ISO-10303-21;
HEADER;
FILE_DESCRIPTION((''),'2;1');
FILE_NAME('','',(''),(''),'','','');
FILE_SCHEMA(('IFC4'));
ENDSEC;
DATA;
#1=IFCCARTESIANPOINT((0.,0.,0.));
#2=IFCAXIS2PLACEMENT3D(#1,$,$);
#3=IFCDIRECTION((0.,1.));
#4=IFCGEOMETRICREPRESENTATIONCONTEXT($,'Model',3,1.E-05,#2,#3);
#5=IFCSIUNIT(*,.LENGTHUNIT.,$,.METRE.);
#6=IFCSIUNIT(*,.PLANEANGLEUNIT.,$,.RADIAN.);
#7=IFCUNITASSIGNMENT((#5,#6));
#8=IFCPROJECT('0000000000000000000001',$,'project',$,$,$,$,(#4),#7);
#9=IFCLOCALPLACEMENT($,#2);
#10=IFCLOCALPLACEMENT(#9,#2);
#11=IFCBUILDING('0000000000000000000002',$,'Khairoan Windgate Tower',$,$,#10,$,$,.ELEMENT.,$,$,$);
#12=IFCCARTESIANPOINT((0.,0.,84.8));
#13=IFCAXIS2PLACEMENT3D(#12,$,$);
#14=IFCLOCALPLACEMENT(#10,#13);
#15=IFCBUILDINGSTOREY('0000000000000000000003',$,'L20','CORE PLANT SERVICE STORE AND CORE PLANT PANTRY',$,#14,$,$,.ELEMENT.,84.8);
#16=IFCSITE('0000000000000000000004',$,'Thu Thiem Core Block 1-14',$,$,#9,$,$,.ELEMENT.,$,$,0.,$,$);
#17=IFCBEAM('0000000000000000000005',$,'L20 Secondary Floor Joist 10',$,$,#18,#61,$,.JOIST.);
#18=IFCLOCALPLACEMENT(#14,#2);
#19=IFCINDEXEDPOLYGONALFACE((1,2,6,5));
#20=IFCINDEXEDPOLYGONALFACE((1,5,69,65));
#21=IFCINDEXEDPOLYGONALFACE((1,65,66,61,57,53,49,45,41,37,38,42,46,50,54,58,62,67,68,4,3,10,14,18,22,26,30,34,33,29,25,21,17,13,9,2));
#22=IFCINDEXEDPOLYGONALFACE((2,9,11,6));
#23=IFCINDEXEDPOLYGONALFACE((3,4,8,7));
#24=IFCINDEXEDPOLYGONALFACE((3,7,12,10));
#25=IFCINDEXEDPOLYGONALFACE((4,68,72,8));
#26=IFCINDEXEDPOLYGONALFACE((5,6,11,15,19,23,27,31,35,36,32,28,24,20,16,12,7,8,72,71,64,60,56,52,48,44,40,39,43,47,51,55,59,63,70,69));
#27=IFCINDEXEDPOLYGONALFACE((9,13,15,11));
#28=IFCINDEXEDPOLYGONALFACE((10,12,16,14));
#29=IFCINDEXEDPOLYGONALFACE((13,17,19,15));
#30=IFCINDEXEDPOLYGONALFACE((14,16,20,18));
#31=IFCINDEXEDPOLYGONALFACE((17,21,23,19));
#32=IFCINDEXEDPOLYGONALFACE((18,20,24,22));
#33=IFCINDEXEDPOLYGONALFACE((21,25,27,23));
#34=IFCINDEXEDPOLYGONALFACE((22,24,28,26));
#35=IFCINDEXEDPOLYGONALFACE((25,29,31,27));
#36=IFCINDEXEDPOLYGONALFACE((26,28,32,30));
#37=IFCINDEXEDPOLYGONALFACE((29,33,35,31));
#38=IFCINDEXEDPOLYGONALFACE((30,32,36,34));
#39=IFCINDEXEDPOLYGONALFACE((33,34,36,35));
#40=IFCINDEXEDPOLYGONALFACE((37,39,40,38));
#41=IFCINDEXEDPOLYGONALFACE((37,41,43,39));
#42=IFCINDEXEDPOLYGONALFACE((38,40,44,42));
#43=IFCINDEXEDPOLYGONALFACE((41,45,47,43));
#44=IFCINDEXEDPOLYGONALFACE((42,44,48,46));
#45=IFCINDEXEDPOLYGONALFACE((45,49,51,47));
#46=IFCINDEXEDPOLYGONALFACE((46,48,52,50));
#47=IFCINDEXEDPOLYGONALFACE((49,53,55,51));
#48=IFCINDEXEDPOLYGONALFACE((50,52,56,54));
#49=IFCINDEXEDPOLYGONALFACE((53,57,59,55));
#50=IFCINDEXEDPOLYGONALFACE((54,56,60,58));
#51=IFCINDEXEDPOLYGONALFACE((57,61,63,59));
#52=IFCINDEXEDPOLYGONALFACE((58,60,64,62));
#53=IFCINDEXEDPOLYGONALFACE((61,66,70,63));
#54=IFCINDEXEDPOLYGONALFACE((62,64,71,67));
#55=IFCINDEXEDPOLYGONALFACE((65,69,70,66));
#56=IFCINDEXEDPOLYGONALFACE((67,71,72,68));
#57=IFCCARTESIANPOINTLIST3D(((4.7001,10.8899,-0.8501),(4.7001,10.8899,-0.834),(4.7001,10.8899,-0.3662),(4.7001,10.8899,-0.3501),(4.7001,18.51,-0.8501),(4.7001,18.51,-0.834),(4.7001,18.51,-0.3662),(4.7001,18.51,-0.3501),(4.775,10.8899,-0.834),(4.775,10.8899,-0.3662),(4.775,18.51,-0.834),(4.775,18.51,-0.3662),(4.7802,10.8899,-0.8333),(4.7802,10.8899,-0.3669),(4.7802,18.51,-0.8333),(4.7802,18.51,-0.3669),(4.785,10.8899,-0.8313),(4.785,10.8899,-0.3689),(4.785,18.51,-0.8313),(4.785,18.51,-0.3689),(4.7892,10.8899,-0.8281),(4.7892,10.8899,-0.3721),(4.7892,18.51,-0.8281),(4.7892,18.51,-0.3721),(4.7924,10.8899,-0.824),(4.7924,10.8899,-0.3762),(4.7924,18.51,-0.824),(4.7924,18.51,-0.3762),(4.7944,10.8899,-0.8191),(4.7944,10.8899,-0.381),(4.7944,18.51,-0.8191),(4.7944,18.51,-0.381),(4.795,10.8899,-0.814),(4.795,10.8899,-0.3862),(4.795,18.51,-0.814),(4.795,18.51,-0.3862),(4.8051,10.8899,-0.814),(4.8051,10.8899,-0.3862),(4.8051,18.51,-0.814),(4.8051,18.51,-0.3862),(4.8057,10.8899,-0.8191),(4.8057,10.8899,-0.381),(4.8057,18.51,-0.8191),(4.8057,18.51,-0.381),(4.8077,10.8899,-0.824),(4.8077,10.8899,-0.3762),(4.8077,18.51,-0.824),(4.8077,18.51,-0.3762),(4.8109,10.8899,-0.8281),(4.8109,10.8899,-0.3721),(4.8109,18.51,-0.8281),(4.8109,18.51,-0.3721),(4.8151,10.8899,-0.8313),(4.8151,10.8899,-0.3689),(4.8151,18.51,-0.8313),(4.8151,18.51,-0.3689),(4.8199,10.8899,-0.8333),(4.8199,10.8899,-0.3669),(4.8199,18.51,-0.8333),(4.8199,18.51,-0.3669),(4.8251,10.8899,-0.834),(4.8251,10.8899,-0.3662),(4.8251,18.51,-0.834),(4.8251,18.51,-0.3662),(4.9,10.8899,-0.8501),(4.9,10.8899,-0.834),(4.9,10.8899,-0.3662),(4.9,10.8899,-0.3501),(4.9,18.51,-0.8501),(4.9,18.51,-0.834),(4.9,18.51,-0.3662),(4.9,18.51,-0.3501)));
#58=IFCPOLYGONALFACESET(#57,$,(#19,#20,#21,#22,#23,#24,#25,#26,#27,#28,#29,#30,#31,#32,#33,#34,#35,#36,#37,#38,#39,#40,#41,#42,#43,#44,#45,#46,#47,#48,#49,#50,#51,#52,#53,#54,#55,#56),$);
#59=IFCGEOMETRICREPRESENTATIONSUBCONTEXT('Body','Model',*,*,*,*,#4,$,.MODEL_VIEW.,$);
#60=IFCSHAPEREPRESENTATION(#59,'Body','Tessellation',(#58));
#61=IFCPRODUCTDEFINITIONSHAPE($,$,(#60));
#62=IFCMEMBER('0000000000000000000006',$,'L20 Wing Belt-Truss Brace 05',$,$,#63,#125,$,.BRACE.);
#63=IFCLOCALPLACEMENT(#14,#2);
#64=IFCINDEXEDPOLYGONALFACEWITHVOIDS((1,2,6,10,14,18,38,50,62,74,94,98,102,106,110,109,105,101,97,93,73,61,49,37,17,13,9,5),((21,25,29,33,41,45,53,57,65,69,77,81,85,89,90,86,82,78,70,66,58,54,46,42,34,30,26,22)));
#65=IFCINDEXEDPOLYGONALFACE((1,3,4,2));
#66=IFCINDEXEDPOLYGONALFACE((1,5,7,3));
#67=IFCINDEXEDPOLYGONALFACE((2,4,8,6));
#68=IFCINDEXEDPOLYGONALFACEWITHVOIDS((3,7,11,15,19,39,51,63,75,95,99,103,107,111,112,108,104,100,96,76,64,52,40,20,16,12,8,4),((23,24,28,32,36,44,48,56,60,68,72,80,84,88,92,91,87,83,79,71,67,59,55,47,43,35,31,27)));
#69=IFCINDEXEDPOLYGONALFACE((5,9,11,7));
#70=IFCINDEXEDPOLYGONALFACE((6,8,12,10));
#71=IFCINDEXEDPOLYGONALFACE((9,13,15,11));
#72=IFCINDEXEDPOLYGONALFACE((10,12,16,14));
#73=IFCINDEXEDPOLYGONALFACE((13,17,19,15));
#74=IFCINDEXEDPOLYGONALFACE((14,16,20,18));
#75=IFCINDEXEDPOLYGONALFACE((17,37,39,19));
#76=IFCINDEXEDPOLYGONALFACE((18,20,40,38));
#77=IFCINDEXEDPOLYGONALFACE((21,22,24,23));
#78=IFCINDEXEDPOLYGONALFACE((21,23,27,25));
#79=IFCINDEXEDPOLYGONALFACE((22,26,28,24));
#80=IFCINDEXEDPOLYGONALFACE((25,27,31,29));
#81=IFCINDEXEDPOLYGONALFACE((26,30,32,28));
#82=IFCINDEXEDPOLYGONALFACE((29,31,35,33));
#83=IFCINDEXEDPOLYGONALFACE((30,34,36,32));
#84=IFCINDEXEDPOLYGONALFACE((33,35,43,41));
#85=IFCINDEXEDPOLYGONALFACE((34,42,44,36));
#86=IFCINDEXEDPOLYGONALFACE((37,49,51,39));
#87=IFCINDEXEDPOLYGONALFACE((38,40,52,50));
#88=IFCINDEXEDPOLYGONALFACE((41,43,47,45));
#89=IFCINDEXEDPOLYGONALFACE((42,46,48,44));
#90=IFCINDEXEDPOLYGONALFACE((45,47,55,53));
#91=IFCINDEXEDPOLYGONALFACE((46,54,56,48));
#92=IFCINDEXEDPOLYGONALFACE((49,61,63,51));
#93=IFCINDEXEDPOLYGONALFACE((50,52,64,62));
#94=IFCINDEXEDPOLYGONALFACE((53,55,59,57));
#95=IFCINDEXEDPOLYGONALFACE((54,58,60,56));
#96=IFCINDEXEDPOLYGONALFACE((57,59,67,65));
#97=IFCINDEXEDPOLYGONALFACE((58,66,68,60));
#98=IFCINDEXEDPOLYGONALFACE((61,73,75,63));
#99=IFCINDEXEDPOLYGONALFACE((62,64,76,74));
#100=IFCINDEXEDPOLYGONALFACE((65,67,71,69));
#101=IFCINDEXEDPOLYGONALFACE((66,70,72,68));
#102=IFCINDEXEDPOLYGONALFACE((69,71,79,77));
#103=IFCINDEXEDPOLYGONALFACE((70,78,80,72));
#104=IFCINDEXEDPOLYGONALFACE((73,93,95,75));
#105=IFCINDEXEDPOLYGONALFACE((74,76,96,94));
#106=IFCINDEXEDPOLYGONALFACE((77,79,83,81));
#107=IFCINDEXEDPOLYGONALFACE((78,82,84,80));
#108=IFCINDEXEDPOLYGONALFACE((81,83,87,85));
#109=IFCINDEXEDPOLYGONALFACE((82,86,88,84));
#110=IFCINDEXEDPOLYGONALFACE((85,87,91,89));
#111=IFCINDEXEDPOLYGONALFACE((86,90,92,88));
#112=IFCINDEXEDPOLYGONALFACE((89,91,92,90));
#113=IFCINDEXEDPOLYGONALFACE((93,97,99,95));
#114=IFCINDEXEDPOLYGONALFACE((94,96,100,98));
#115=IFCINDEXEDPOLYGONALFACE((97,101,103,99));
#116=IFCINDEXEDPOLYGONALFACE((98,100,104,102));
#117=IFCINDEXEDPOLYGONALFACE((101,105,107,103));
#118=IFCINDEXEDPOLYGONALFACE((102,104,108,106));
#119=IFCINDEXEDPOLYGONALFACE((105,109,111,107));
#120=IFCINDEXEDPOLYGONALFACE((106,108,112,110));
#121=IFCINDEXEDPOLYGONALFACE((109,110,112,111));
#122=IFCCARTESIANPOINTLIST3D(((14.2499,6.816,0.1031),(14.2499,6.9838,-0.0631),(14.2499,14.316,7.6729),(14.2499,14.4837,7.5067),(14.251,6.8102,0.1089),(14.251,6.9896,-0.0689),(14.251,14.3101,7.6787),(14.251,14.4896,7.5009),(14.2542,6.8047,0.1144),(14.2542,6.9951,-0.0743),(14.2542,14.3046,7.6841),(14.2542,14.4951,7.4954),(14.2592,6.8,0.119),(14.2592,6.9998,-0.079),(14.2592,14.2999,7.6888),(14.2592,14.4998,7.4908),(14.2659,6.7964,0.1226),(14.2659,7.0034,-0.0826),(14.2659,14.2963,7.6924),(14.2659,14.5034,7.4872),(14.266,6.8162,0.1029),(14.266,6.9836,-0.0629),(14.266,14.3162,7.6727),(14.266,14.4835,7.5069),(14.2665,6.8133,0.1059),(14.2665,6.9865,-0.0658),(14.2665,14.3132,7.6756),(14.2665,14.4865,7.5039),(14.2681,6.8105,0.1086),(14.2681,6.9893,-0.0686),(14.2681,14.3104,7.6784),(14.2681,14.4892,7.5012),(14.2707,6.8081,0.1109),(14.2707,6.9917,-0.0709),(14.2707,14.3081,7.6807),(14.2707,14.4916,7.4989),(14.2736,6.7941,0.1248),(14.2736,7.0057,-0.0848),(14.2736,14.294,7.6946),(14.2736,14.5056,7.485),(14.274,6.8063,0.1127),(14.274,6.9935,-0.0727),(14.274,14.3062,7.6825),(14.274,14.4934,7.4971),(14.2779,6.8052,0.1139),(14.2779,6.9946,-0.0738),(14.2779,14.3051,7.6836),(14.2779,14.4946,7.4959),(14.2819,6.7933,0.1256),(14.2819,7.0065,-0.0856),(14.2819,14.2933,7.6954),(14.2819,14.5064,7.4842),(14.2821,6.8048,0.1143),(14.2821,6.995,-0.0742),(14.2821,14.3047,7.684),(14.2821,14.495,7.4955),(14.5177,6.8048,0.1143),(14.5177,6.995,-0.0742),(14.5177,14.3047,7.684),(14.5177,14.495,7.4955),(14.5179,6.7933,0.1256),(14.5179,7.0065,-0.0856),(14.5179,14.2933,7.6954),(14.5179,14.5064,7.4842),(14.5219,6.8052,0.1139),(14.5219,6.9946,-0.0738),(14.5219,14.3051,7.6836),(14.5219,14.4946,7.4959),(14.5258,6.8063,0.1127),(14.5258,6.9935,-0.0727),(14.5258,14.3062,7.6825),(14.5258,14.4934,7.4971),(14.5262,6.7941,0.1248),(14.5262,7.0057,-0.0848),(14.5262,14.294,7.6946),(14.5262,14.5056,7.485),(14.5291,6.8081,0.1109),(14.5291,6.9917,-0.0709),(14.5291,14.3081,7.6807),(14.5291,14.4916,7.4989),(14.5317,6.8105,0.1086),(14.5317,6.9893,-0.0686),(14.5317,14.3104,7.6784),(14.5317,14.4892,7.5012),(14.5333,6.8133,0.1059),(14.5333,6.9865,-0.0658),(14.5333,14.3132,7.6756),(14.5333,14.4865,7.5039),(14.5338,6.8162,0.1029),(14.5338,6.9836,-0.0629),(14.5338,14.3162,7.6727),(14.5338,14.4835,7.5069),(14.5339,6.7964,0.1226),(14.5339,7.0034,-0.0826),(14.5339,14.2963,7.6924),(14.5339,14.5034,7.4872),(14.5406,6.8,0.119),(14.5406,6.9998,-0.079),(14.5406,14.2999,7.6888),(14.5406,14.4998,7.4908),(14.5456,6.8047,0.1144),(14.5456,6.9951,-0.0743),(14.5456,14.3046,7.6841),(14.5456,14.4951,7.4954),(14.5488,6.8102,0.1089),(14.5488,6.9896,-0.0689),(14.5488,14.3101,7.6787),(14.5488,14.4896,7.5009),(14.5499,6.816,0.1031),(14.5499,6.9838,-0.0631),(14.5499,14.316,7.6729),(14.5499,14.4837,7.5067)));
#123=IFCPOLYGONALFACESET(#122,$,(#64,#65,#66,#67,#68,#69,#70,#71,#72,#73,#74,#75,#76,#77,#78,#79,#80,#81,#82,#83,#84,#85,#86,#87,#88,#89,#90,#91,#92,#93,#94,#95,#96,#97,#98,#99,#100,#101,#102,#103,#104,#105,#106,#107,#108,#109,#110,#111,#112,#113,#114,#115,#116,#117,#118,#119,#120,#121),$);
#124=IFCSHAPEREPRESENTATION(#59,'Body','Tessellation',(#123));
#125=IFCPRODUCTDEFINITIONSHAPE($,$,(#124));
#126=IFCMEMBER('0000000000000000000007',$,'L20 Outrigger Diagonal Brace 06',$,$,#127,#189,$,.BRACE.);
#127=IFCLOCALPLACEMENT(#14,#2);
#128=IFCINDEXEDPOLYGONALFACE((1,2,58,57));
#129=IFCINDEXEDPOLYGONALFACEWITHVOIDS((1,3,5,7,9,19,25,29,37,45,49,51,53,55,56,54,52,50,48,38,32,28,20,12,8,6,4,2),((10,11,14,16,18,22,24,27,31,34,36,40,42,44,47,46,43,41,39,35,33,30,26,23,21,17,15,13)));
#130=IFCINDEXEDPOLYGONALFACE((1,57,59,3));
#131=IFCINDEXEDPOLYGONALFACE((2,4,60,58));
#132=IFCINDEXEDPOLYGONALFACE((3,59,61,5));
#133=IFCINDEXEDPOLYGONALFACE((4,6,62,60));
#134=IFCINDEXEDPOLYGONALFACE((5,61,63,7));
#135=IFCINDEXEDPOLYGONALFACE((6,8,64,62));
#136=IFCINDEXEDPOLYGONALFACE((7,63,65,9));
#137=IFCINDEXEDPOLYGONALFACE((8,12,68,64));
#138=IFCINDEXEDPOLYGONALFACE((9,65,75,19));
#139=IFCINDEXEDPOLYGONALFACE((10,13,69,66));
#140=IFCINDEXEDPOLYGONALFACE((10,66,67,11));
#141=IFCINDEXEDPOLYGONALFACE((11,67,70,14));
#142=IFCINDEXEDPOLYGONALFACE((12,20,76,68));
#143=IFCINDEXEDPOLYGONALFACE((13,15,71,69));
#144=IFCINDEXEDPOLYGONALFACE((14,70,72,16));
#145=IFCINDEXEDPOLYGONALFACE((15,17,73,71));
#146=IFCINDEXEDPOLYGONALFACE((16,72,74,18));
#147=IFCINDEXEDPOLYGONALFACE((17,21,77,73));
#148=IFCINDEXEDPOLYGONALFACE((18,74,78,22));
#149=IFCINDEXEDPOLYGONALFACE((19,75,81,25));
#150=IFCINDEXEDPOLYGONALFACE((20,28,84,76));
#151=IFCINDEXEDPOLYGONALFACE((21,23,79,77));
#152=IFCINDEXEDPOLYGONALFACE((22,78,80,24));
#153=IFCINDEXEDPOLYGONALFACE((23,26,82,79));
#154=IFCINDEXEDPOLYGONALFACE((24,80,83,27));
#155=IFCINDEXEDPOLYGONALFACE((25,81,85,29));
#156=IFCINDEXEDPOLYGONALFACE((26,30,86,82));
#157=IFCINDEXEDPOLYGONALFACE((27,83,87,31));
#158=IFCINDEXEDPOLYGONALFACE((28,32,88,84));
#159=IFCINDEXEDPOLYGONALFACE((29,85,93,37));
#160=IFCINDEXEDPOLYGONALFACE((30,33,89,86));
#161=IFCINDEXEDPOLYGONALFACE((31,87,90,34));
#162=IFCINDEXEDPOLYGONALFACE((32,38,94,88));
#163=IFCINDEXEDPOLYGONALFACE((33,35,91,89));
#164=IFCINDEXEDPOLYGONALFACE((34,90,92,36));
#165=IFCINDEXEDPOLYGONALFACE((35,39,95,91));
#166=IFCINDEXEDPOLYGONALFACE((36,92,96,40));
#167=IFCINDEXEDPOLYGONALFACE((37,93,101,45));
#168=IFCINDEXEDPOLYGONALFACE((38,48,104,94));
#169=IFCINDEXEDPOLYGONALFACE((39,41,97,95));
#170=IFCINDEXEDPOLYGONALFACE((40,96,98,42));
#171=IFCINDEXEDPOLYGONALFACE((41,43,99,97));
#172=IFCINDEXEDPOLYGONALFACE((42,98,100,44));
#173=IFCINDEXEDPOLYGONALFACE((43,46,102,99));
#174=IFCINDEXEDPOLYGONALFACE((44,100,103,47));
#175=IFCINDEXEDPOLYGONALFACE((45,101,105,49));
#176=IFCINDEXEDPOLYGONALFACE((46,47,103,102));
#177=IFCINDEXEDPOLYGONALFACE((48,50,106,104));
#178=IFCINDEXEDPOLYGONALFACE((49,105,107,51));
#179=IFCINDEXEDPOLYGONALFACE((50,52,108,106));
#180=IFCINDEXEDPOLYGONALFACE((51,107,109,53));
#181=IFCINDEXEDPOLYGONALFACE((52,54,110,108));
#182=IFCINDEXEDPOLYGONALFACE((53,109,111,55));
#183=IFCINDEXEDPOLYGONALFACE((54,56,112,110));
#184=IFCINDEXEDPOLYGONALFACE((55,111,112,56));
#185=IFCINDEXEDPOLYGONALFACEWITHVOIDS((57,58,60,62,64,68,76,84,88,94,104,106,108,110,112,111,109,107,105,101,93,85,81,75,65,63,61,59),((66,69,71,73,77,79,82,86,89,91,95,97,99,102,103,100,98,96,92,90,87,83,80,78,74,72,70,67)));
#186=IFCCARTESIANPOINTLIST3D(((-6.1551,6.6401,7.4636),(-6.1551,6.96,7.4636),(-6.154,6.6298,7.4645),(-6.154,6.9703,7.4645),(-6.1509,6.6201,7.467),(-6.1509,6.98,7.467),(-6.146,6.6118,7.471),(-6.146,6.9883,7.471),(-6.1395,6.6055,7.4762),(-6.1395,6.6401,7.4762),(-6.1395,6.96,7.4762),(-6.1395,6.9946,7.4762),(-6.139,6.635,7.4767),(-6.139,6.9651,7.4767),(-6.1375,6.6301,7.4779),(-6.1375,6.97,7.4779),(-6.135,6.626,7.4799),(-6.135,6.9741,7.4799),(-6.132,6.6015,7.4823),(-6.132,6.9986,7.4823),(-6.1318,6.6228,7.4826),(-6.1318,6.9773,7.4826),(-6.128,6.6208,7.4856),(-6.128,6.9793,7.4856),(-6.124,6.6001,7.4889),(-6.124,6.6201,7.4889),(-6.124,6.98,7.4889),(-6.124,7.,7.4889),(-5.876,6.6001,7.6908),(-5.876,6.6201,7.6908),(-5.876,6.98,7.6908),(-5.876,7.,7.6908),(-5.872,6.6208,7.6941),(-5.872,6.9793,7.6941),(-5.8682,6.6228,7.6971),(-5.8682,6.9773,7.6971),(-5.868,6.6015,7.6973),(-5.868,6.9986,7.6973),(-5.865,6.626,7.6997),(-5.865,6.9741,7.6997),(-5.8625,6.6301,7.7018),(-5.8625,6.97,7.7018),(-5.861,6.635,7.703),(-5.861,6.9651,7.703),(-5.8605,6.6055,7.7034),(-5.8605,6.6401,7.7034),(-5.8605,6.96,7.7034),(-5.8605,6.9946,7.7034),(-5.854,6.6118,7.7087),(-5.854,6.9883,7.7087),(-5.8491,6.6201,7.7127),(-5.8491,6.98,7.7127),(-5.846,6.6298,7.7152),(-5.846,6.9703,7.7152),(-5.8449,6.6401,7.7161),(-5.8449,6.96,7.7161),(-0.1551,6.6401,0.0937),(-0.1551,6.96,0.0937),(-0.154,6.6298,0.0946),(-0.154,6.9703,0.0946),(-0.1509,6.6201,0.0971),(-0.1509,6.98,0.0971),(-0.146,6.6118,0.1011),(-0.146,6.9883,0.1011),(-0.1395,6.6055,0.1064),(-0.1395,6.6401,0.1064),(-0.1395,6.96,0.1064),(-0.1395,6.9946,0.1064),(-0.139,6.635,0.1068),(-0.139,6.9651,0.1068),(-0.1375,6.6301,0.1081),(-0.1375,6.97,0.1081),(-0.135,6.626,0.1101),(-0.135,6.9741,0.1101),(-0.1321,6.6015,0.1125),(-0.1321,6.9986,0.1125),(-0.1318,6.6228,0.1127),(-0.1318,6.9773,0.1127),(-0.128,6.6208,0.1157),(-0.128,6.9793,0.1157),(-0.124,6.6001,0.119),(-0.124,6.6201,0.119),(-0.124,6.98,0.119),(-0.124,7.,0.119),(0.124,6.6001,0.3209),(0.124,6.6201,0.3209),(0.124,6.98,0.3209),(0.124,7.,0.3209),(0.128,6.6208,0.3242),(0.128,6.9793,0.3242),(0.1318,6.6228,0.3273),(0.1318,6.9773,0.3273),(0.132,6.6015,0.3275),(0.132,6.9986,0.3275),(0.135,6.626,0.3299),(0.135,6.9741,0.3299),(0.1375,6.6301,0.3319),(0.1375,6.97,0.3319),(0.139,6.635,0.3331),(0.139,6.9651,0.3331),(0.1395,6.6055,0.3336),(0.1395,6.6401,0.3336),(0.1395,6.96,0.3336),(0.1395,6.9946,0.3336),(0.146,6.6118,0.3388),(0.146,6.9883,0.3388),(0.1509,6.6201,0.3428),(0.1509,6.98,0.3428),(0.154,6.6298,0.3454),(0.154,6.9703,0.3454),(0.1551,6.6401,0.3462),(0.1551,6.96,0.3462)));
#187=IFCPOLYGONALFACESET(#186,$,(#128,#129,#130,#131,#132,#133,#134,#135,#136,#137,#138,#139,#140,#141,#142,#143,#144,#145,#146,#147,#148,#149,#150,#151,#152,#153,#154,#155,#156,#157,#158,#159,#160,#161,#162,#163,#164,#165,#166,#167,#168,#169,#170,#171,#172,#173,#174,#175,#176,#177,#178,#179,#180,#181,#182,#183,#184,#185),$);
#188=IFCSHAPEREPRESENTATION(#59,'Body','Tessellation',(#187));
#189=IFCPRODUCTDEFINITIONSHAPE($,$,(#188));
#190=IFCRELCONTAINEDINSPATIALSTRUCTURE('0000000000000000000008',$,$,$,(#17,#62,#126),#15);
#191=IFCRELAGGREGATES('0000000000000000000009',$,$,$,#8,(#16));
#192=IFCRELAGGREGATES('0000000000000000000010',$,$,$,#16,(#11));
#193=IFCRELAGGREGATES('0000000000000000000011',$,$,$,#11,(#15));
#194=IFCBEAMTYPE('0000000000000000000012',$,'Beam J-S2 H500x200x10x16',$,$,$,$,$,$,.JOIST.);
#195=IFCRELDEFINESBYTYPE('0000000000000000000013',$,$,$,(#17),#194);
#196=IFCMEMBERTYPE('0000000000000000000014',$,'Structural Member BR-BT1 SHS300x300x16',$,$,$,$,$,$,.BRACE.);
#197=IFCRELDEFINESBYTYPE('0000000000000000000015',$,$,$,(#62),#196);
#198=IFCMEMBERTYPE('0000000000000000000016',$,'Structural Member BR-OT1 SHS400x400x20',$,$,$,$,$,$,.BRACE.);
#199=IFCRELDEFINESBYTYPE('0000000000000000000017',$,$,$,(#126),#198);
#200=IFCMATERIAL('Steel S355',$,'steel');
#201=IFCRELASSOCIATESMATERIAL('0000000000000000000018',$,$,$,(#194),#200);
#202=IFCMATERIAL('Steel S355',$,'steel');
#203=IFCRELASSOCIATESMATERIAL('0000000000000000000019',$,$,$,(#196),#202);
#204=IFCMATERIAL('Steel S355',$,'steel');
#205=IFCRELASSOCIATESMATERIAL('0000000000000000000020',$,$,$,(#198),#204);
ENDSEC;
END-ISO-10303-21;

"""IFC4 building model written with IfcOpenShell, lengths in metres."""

from ifc_helpers import new_model, si_unit, direction, frame, origin, origin_2d, place, context, subcontext, project, spatial, hollow_rectangle, i_section, extrude, material, material_profile, profile_set, type_object, element, save


model = new_model("IFC4")

# Units and contexts
model_context = context("Model", 3, precision=1e-05, world=origin(), true_north=direction((0.0, 1.0)))
body_context = subcontext(model_context, "Body", "Model", "MODEL_VIEW")
ifc_project = project(units=[si_unit("LENGTHUNIT", "METRE"), si_unit("PLANEANGLEUNIT", "RADIAN")], contexts=[model_context])

# Site, building, storey
site_placement = place(None, origin())
site = spatial("IfcSite", under=ifc_project, at=site_placement, Name="Thu Thiem Core Block 1-14", CompositionType="ELEMENT", RefElevation=0.0)
building_placement = place(site_placement, origin())
building = spatial("IfcBuilding", under=site, at=building_placement, Name="Khairoan Windgate Tower", CompositionType="ELEMENT")
storey_placement = place(building_placement, frame((0.0, 0.0, 84.8)))
storey = spatial("IfcBuildingStorey", under=building, at=storey_placement, Name="L20", Description="CORE PLANT SERVICE STORE AND CORE PLANT PANTRY", CompositionType="ELEMENT", Elevation=84.8)

# Beam
ifc_material_1 = material(Name="Steel S355", Category="steel")
ifc_material_profile_1 = material_profile(ifc_material_1, i_section(OverallWidth=0.2, OverallDepth=0.5, WebThickness=0.01, FlangeThickness=0.0161, FilletRadius=0.02, at=origin_2d()))
ifc_profile_set_1 = profile_set([ifc_material_profile_1], Name="Steel S355")
beam_type_1 = type_object("IfcBeamType", Name="Beam J-S2 H500x200x10x16", PredefinedType="JOIST", material=ifc_profile_set_1)
beam_1_placement = place(storey_placement, frame((4.8, 10.8899, -0.6001), z_axis=(0.0, 1.0, 0.0), x_axis=(-1.0, 0.0, 0.0)))
element("IfcBeam", 1, at=beam_1_placement, inside=storey, type_object=beam_type_1, Name="L20 Secondary Floor Joist 10", PredefinedType="JOIST", context=body_context, shape_type="SweptSolid", body=[
    extrude(i_section(OverallWidth=0.2, OverallDepth=0.5, WebThickness=0.01, FlangeThickness=0.0161, FilletRadius=0.02, at=origin_2d()), origin(), (0.0, 0.0, 1.0), 7.6201),
])

# Members
ifc_material_2 = material(Name="Steel S355", Category="steel")
ifc_material_profile_2 = material_profile(ifc_material_2, hollow_rectangle(XDim=0.3, YDim=0.3, WallThickness=0.0161, InnerFilletRadius=0.0161, OuterFilletRadius=0.032, at=origin_2d()))
ifc_profile_set_2 = profile_set([ifc_material_profile_2], Name="Steel S355")
member_type_1 = type_object("IfcMemberType", Name="Structural Member BR-BT1 SHS300x300x16", PredefinedType="BRACE", material=ifc_profile_set_2)
member_placement = place(storey_placement, frame((14.3999, 6.8999, 0.02), z_axis=(0.0, 0.703823, 0.710375), x_axis=(0.0, -0.710375, 0.703823)))
element("IfcMember", 2, at=member_placement, inside=storey, type_object=member_type_1, Name="L20 Wing Belt-Truss Brace 05", PredefinedType="BRACE", context=body_context, shape_type="SweptSolid", body=[
    extrude(hollow_rectangle(XDim=0.3, YDim=0.3, WallThickness=0.0161, InnerFilletRadius=0.0161, OuterFilletRadius=0.032, at=origin_2d()), origin(), (0.0, 0.0, 1.0), 10.656),
])
ifc_material_3 = material(Name="Steel S355", Category="steel")
ifc_material_profile_3 = material_profile(ifc_material_3, hollow_rectangle(XDim=0.3999, YDim=0.3999, WallThickness=0.02, InnerFilletRadius=0.02, OuterFilletRadius=0.04, at=origin_2d()))
ifc_profile_set_3 = profile_set([ifc_material_profile_3], Name="Steel S355")
member_type_2 = type_object("IfcMemberType", Name="Structural Member BR-OT1 SHS400x400x20", PredefinedType="BRACE", material=ifc_profile_set_3)
for number, where, z_axis, x_axis, name in (
    (3, (-6.0, 6.8, 7.5898), (0.631352, 0.0, -0.775497), (0.0, 1.0, 0.0), "L20 Outrigger Diagonal Brace 06"),
):
    element("IfcMember", number, at=place(storey_placement, frame(where, z_axis=z_axis, x_axis=x_axis)), inside=storey, type_object=member_type_2, Name=name, PredefinedType="BRACE", context=body_context, shape_type="SweptSolid", body=[
        extrude(hollow_rectangle(XDim=0.3999, YDim=0.3999, WallThickness=0.02, InnerFilletRadius=0.02, OuterFilletRadius=0.04, at=origin_2d()), origin(), (0.0, 0.0, 1.0), 9.5034),
    ])

save(model, "model.ifc")
